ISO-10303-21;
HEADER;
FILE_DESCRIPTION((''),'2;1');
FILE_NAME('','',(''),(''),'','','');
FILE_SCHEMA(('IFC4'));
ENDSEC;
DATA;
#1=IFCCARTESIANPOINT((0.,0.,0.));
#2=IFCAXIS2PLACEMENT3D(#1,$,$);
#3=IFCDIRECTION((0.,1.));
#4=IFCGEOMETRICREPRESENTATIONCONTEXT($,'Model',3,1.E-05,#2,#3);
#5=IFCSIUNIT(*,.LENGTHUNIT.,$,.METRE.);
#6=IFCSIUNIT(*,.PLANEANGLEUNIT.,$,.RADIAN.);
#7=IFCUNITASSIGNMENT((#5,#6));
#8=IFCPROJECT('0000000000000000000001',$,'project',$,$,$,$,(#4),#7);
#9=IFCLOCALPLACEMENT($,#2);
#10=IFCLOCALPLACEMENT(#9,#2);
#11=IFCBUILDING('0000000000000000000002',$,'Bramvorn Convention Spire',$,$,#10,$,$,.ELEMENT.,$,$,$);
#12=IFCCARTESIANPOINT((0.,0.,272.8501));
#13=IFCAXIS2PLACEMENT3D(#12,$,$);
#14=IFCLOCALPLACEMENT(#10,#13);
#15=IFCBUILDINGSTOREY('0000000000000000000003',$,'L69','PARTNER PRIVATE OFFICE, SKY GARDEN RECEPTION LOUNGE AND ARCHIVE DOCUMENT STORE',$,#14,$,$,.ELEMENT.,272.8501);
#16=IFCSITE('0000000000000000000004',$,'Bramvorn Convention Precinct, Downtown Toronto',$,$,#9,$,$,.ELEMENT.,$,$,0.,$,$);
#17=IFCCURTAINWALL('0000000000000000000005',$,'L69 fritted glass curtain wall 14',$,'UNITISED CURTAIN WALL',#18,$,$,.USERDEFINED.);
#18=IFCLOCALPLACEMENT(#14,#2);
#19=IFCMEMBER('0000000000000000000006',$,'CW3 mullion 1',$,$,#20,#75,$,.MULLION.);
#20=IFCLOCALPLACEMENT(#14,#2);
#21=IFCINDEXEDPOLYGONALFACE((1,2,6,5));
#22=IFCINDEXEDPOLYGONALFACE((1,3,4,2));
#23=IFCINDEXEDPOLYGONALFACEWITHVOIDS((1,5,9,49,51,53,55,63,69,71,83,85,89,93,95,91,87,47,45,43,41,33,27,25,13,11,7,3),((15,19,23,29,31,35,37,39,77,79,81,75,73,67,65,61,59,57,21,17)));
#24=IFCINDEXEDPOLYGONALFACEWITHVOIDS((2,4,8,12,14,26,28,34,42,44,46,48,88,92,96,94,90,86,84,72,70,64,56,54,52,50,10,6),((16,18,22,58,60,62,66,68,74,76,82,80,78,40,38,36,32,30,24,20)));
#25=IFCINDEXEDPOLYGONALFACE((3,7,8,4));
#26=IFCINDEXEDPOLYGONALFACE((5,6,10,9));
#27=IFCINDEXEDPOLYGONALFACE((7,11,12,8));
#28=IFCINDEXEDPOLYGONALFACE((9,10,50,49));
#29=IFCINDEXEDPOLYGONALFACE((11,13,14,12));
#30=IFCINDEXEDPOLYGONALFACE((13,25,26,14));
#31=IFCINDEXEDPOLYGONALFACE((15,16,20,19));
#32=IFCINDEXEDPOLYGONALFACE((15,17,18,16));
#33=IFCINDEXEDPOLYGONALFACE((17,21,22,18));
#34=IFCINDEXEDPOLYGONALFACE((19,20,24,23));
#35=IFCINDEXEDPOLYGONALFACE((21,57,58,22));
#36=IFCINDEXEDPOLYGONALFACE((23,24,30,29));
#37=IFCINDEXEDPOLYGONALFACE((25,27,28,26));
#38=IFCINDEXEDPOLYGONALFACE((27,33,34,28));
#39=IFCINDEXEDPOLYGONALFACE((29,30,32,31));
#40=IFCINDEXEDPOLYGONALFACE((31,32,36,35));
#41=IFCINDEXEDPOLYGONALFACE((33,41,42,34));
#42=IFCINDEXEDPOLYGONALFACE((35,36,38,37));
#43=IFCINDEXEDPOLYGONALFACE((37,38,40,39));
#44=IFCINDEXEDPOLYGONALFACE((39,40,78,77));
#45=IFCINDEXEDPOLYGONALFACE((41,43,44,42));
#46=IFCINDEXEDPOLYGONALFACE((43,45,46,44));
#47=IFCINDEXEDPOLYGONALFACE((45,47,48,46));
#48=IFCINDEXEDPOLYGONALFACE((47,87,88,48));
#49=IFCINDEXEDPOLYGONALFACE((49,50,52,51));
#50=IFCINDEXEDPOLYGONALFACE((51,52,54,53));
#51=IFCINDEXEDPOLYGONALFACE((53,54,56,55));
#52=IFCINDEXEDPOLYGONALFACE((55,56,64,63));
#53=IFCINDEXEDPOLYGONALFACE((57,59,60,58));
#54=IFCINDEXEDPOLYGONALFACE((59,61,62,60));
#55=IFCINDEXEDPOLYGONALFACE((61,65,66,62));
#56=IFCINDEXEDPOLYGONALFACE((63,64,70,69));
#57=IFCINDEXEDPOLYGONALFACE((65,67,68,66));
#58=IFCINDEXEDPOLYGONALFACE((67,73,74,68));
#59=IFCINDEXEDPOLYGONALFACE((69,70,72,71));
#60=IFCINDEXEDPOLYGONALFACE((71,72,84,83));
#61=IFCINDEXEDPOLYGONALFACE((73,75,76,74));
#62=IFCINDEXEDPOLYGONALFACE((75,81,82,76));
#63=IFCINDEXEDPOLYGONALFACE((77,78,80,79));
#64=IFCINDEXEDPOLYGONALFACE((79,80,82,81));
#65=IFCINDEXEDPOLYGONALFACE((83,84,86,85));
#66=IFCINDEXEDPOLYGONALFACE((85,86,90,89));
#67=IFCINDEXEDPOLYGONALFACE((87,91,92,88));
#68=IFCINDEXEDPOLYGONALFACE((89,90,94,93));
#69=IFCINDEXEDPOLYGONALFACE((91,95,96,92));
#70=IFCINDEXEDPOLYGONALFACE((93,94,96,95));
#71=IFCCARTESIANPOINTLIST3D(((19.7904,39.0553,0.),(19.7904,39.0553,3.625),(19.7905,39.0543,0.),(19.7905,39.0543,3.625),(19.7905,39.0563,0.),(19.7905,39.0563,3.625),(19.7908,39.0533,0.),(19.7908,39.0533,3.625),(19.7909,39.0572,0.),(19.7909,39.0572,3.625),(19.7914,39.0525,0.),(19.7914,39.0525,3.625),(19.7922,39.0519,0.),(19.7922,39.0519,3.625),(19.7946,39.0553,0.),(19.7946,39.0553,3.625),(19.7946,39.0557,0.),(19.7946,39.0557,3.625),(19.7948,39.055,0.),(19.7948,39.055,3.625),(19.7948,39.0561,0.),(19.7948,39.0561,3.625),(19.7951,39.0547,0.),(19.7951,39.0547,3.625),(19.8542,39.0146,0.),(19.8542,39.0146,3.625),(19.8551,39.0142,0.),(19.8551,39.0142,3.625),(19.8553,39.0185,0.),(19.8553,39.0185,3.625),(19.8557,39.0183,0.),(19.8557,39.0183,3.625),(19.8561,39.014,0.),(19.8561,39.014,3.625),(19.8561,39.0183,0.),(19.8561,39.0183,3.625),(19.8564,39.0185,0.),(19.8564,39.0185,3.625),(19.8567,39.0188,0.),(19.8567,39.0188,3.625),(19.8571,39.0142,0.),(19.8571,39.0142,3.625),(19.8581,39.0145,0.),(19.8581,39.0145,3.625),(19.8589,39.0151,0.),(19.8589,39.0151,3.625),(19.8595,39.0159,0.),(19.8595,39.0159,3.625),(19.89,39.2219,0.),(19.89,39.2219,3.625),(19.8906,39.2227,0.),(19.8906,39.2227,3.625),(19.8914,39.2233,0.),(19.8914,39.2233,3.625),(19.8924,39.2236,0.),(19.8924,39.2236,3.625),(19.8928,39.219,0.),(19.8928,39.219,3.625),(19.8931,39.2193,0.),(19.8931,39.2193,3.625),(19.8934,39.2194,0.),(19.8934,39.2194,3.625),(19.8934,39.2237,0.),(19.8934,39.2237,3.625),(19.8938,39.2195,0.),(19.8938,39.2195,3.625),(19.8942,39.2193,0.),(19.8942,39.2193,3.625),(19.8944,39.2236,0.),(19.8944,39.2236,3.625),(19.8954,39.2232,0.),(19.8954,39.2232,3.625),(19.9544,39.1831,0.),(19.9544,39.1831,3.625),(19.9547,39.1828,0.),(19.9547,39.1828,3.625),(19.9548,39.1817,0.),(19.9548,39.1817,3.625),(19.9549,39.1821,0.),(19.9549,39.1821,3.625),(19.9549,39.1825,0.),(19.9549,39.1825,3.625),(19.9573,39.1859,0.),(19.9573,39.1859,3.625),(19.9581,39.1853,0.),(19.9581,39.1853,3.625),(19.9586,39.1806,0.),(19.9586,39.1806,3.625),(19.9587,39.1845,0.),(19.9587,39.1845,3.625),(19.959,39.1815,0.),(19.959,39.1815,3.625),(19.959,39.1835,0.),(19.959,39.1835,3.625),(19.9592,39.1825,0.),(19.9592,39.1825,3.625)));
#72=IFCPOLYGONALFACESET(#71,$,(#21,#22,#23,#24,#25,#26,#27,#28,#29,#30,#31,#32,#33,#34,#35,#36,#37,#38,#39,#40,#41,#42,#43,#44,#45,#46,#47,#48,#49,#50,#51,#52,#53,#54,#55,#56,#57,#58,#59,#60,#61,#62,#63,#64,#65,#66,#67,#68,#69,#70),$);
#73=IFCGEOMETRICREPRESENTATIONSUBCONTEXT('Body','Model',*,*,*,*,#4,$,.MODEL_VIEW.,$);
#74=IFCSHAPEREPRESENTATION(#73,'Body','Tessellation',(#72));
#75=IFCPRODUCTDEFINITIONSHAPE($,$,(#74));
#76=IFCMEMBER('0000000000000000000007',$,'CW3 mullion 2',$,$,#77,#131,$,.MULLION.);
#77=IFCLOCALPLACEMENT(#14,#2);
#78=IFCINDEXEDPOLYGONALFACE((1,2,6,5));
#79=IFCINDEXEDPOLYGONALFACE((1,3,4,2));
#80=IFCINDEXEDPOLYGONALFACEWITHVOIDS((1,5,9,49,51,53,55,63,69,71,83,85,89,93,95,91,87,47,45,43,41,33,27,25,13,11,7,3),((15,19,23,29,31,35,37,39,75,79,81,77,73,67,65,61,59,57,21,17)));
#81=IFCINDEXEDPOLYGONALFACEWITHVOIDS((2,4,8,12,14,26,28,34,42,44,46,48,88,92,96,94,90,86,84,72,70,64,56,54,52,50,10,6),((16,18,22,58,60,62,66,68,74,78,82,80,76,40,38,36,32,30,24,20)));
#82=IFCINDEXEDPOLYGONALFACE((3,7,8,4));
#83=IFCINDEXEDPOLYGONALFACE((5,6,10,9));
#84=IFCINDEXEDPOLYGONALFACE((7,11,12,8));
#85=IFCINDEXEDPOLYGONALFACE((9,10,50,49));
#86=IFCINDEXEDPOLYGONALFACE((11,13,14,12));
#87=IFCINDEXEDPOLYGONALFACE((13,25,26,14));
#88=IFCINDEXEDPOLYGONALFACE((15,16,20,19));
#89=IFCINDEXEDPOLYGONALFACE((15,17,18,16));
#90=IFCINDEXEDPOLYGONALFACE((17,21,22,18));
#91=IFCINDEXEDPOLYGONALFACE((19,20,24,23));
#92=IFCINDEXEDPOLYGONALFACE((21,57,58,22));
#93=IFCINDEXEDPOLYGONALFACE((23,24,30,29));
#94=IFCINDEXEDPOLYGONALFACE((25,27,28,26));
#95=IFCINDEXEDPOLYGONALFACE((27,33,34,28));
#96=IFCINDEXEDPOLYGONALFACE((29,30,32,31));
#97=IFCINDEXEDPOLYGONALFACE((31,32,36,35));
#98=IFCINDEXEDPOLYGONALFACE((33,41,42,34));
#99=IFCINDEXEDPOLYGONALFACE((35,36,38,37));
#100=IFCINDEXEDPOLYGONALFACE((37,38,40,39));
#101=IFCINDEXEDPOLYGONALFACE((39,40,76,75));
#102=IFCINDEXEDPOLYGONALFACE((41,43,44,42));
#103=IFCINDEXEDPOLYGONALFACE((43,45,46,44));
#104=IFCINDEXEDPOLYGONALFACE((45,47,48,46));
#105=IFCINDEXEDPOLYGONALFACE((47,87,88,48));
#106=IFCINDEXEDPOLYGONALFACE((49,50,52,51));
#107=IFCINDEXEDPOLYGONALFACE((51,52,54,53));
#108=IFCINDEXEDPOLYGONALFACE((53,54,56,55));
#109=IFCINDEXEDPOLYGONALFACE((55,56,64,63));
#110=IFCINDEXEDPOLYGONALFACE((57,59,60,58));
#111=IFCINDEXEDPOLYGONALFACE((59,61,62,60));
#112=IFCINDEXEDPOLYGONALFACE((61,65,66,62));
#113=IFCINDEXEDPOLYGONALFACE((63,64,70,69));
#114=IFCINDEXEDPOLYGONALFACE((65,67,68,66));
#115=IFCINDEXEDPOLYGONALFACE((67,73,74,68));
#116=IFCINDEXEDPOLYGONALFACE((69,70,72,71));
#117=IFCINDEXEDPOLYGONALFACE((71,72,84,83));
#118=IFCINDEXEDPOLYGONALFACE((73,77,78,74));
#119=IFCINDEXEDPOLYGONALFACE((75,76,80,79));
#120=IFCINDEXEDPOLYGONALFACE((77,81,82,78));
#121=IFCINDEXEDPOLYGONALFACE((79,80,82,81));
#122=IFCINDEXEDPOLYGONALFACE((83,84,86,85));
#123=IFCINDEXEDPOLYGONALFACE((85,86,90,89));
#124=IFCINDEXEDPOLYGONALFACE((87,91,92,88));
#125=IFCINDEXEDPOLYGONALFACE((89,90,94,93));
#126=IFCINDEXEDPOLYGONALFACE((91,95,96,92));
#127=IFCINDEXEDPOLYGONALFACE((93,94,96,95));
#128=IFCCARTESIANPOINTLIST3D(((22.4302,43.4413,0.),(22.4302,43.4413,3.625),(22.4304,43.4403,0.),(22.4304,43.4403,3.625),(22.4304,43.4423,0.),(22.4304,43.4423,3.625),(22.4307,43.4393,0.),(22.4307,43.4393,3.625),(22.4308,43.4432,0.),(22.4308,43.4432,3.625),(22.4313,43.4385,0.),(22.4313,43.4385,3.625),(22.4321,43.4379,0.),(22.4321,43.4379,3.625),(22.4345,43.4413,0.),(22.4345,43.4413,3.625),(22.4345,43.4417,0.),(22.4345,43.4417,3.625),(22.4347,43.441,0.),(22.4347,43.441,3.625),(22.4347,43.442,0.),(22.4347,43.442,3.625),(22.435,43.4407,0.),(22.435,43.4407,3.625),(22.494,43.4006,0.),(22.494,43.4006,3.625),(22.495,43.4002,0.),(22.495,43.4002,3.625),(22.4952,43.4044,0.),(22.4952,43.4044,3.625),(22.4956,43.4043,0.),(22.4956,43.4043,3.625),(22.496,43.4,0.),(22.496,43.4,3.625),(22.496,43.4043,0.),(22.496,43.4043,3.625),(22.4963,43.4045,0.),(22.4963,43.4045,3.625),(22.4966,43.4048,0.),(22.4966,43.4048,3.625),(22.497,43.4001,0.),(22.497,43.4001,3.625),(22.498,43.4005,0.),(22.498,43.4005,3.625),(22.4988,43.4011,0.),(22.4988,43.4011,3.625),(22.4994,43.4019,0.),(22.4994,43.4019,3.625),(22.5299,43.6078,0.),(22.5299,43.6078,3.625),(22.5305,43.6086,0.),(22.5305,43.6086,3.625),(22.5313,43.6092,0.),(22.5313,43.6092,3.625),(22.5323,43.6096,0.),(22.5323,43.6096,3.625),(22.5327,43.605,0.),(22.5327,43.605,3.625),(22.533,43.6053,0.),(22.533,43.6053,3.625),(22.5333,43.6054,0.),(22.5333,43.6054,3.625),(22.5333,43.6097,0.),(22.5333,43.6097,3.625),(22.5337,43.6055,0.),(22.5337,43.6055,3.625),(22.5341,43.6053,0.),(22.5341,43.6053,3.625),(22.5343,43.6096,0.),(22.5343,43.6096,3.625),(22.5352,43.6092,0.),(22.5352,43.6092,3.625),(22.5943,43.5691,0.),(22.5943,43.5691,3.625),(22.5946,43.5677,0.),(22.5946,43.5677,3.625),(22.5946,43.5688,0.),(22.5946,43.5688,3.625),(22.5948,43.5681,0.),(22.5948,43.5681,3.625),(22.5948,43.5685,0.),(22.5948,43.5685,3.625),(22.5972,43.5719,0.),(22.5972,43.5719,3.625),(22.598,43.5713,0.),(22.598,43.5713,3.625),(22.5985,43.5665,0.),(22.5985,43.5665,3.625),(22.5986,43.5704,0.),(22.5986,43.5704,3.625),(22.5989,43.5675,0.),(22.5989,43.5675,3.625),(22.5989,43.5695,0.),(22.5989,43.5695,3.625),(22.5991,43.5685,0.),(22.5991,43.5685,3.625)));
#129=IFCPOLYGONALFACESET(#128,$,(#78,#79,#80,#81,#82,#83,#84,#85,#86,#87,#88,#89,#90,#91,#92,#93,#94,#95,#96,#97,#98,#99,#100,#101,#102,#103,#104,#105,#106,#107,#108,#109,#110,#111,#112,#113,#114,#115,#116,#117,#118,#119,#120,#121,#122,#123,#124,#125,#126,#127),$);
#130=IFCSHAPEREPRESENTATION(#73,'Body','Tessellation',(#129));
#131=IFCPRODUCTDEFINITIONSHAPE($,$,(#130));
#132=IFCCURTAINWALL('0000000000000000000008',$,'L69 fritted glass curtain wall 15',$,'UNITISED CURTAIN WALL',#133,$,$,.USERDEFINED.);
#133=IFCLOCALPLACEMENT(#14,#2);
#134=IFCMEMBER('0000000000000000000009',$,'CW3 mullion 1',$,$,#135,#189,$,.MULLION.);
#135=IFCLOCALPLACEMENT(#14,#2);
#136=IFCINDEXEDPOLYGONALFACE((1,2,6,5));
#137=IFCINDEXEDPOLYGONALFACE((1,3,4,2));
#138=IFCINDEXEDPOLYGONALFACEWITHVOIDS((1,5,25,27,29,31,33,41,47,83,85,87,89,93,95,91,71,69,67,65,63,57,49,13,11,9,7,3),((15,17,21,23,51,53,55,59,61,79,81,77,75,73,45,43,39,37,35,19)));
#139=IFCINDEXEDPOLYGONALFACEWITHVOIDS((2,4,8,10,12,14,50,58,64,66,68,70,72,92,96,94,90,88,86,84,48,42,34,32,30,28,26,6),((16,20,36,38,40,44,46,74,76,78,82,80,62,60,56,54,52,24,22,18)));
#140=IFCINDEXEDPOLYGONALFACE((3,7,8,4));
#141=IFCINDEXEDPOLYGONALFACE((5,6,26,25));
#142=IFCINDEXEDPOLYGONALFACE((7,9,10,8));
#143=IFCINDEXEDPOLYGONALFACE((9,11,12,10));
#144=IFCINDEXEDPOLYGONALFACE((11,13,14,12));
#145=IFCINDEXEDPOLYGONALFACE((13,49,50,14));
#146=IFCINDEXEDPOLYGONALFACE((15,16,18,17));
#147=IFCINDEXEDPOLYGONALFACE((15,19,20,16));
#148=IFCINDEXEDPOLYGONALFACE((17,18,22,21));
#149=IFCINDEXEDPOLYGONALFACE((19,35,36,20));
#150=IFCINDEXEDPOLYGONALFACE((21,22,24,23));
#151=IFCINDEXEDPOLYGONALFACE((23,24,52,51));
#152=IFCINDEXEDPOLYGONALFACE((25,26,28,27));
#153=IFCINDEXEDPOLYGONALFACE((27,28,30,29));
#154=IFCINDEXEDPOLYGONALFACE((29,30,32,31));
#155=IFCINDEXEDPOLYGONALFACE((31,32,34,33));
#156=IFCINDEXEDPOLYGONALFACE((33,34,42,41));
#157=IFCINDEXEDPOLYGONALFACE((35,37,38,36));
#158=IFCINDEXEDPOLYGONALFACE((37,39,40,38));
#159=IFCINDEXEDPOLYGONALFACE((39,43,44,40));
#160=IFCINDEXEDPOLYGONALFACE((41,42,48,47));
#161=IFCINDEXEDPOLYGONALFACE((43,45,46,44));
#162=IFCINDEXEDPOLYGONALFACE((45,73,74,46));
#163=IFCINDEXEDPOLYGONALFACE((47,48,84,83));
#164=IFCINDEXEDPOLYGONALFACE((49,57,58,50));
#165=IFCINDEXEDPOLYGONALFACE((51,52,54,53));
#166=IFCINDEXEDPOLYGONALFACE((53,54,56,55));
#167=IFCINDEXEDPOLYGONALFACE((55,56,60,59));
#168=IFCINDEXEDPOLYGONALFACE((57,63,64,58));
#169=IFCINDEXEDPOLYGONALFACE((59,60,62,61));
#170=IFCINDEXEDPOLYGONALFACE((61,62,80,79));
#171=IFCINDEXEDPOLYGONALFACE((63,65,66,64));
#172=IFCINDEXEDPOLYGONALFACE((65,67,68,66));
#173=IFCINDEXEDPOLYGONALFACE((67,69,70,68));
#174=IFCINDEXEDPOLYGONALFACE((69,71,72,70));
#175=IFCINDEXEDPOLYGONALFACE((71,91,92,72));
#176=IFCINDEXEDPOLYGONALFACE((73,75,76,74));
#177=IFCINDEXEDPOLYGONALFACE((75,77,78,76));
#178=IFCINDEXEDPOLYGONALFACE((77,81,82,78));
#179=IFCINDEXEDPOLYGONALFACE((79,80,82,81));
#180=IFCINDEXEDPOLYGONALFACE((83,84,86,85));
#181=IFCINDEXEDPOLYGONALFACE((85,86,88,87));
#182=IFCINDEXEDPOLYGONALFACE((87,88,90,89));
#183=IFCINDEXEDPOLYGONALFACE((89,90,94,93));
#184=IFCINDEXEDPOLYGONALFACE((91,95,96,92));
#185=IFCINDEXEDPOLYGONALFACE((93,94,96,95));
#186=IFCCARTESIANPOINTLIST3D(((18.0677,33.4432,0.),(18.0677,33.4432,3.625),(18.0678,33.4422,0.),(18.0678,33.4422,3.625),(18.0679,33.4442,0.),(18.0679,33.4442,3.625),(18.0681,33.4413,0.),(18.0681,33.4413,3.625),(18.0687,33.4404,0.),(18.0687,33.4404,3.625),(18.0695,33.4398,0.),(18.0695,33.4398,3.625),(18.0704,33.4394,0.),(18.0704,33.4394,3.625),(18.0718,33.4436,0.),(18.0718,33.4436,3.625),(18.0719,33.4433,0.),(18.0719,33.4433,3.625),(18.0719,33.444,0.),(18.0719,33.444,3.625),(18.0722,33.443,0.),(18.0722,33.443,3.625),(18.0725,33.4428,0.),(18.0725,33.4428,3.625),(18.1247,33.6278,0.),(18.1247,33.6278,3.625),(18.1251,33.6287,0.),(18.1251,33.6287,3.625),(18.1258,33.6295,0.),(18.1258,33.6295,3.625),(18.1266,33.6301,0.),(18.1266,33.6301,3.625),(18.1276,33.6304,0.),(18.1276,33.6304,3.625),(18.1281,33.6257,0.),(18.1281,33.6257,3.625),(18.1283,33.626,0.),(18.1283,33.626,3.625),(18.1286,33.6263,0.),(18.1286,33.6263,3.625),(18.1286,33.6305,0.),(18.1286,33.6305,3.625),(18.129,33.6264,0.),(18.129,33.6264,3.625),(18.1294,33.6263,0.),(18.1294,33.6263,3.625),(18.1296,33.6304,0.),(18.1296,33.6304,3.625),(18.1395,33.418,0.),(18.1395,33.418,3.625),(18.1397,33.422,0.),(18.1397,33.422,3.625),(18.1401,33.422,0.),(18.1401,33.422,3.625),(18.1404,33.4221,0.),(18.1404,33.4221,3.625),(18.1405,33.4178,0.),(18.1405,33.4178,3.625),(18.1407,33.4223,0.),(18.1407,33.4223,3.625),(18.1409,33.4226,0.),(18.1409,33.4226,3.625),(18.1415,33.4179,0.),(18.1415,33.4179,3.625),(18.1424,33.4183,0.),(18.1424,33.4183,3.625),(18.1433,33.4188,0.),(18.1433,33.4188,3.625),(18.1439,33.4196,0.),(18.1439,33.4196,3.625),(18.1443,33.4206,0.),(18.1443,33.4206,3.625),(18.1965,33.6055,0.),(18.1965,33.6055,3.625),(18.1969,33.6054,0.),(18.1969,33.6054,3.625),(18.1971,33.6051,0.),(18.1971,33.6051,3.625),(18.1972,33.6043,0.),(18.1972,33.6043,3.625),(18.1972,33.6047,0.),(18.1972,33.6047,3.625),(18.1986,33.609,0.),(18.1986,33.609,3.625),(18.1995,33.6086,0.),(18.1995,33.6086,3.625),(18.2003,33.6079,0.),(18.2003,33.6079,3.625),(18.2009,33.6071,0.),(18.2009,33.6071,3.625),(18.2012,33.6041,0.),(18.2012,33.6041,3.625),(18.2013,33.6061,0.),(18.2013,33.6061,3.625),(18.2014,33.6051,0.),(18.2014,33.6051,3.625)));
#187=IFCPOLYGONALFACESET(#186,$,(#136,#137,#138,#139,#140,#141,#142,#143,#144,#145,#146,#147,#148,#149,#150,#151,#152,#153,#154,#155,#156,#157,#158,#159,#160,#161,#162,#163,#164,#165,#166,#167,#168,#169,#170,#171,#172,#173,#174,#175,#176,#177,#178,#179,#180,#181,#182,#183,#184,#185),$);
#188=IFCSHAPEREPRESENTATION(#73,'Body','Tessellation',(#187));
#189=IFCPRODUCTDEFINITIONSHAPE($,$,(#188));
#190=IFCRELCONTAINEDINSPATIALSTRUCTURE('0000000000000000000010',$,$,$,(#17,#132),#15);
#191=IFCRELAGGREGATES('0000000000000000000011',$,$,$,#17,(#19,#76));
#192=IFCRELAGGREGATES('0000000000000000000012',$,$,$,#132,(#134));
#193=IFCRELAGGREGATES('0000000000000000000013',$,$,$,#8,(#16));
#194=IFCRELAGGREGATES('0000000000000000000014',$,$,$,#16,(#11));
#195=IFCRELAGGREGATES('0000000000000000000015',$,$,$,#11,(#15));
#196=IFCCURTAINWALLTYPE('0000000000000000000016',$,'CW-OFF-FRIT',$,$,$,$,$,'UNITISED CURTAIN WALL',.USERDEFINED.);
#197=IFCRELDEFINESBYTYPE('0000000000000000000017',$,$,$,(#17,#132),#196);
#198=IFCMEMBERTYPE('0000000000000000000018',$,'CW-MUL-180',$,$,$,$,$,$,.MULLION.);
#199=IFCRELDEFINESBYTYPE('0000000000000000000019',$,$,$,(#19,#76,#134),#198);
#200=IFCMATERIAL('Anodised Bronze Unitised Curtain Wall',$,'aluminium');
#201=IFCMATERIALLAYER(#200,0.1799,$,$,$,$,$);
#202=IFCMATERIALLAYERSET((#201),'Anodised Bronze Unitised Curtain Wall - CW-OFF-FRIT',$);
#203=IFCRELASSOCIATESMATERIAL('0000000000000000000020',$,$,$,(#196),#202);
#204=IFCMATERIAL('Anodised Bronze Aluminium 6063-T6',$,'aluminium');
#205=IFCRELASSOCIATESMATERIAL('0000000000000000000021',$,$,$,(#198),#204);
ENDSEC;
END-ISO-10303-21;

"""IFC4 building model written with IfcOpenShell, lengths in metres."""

from ifc_helpers import new_model, si_unit, direction, frame, origin, origin_2d, place, context, subcontext, project, spatial, hollow_rectangle, extrude, material, layer, layer_set, material_profile, profile_set, type_object, element, aggregate, save


model = new_model("IFC4")

# Units and contexts
model_context = context("Model", 3, precision=1e-05, world=origin(), true_north=direction((0.0, 1.0)))
body_context = subcontext(model_context, "Body", "Model", "MODEL_VIEW")
ifc_project = project(units=[si_unit("LENGTHUNIT", "METRE"), si_unit("PLANEANGLEUNIT", "RADIAN")], contexts=[model_context])

# Site, building, storey
site_placement = place(None, origin())
site = spatial("IfcSite", under=ifc_project, at=site_placement, Name="Bramvorn Convention Precinct, Downtown Toronto", CompositionType="ELEMENT", RefElevation=0.0)
building_placement = place(site_placement, origin())
building = spatial("IfcBuilding", under=site, at=building_placement, Name="Bramvorn Convention Spire", CompositionType="ELEMENT")
storey_placement = place(building_placement, frame((0.0, 0.0, 272.8501)))
storey = spatial("IfcBuildingStorey", under=building, at=storey_placement, Name="L69", Description="PARTNER PRIVATE OFFICE, SKY GARDEN RECEPTION LOUNGE AND ARCHIVE DOCUMENT STORE", CompositionType="ELEMENT", Elevation=272.8501)

# Curtain walls, members
ifc_material_1 = material(Name="Anodised Bronze Unitised Curtain Wall", Category="aluminium")
ifc_layer_1 = layer(ifc_material_1, 0.1799)
ifc_layer_set_1 = layer_set([ifc_layer_1], Name="Anodised Bronze Unitised Curtain Wall - CW-OFF-FRIT")
curtain_wall_type = type_object("IfcCurtainWallType", Name="CW-OFF-FRIT", ElementType="UNITISED CURTAIN WALL", PredefinedType="USERDEFINED", material=ifc_layer_set_1)
curtain_wall_1_placement = place(storey_placement, origin())
curtain_wall_1 = element("IfcCurtainWall", 1, at=curtain_wall_1_placement, inside=storey, type_object=curtain_wall_type, Name="L69 fritted glass curtain wall 14", ObjectType="UNITISED CURTAIN WALL", PredefinedType="USERDEFINED")
ifc_material_2 = material(Name="Anodised Bronze Aluminium 6063-T6", Category="aluminium")
ifc_material_profile_1 = material_profile(ifc_material_2, hollow_rectangle(XDim=0.0801, YDim=0.2, WallThickness=0.0039, InnerFilletRadius=0.001, OuterFilletRadius=0.0039, at=origin_2d()))
ifc_profile_set_1 = profile_set([ifc_material_profile_1], Name="Anodised Bronze Aluminium 6063-T6 - CWM80X200")
member_type_1 = type_object("IfcMemberType", Name="CW-MUL-180", PredefinedType="MULLION", material=ifc_profile_set_1)
member_1_placement = place(storey_placement, frame((19.8748, 39.1189, 0.0), z_axis=(0.0, 0.0, 1.0), x_axis=(-0.856771, 0.515696, 0.0)))
member_1 = element("IfcMember", 2, at=member_1_placement, type_object=member_type_1, Name="CW3 mullion 1", PredefinedType="MULLION", context=body_context, shape_type="SweptSolid", body=[
    extrude(hollow_rectangle(XDim=0.0801, YDim=0.2, WallThickness=0.0039, InnerFilletRadius=0.001, OuterFilletRadius=0.0039, at=origin_2d()), origin(), (0.0, 0.0, 1.0), 3.625),
])
member_2_placement = place(storey_placement, frame((22.5146, 43.5049, 0.0), z_axis=(0.0, 0.0, 1.0), x_axis=(-0.856771, 0.515696, 0.0)))
member_2 = element("IfcMember", 3, at=member_2_placement, type_object=member_type_1, Name="CW3 mullion 2", PredefinedType="MULLION", context=body_context, shape_type="SweptSolid", body=[
    extrude(hollow_rectangle(XDim=0.0801, YDim=0.2, WallThickness=0.0039, InnerFilletRadius=0.001, OuterFilletRadius=0.0039, at=origin_2d()), origin(), (0.0, 0.0, 1.0), 3.625),
])
curtain_wall_2_placement = place(storey_placement, origin())
curtain_wall_2 = element("IfcCurtainWall", 4, at=curtain_wall_2_placement, inside=storey, type_object=curtain_wall_type, Name="L69 fritted glass curtain wall 15", ObjectType="UNITISED CURTAIN WALL", PredefinedType="USERDEFINED")
member_3_placement = place(storey_placement, frame((18.1345, 33.5242, 0.0), z_axis=(0.0, 0.0, 1.0), x_axis=(-0.955244, 0.295821, 0.0)))
member_3 = element("IfcMember", 5, at=member_3_placement, type_object=member_type_1, Name="CW3 mullion 1", PredefinedType="MULLION", context=body_context, shape_type="SweptSolid", body=[
    extrude(hollow_rectangle(XDim=0.0801, YDim=0.2, WallThickness=0.0039, InnerFilletRadius=0.001, OuterFilletRadius=0.0039, at=origin_2d()), origin(), (0.0, 0.0, 1.0), 3.625),
])

aggregate(curtain_wall_1, [member_1, member_2])
aggregate(curtain_wall_2, [member_3])

save(model, "model.ifc")
